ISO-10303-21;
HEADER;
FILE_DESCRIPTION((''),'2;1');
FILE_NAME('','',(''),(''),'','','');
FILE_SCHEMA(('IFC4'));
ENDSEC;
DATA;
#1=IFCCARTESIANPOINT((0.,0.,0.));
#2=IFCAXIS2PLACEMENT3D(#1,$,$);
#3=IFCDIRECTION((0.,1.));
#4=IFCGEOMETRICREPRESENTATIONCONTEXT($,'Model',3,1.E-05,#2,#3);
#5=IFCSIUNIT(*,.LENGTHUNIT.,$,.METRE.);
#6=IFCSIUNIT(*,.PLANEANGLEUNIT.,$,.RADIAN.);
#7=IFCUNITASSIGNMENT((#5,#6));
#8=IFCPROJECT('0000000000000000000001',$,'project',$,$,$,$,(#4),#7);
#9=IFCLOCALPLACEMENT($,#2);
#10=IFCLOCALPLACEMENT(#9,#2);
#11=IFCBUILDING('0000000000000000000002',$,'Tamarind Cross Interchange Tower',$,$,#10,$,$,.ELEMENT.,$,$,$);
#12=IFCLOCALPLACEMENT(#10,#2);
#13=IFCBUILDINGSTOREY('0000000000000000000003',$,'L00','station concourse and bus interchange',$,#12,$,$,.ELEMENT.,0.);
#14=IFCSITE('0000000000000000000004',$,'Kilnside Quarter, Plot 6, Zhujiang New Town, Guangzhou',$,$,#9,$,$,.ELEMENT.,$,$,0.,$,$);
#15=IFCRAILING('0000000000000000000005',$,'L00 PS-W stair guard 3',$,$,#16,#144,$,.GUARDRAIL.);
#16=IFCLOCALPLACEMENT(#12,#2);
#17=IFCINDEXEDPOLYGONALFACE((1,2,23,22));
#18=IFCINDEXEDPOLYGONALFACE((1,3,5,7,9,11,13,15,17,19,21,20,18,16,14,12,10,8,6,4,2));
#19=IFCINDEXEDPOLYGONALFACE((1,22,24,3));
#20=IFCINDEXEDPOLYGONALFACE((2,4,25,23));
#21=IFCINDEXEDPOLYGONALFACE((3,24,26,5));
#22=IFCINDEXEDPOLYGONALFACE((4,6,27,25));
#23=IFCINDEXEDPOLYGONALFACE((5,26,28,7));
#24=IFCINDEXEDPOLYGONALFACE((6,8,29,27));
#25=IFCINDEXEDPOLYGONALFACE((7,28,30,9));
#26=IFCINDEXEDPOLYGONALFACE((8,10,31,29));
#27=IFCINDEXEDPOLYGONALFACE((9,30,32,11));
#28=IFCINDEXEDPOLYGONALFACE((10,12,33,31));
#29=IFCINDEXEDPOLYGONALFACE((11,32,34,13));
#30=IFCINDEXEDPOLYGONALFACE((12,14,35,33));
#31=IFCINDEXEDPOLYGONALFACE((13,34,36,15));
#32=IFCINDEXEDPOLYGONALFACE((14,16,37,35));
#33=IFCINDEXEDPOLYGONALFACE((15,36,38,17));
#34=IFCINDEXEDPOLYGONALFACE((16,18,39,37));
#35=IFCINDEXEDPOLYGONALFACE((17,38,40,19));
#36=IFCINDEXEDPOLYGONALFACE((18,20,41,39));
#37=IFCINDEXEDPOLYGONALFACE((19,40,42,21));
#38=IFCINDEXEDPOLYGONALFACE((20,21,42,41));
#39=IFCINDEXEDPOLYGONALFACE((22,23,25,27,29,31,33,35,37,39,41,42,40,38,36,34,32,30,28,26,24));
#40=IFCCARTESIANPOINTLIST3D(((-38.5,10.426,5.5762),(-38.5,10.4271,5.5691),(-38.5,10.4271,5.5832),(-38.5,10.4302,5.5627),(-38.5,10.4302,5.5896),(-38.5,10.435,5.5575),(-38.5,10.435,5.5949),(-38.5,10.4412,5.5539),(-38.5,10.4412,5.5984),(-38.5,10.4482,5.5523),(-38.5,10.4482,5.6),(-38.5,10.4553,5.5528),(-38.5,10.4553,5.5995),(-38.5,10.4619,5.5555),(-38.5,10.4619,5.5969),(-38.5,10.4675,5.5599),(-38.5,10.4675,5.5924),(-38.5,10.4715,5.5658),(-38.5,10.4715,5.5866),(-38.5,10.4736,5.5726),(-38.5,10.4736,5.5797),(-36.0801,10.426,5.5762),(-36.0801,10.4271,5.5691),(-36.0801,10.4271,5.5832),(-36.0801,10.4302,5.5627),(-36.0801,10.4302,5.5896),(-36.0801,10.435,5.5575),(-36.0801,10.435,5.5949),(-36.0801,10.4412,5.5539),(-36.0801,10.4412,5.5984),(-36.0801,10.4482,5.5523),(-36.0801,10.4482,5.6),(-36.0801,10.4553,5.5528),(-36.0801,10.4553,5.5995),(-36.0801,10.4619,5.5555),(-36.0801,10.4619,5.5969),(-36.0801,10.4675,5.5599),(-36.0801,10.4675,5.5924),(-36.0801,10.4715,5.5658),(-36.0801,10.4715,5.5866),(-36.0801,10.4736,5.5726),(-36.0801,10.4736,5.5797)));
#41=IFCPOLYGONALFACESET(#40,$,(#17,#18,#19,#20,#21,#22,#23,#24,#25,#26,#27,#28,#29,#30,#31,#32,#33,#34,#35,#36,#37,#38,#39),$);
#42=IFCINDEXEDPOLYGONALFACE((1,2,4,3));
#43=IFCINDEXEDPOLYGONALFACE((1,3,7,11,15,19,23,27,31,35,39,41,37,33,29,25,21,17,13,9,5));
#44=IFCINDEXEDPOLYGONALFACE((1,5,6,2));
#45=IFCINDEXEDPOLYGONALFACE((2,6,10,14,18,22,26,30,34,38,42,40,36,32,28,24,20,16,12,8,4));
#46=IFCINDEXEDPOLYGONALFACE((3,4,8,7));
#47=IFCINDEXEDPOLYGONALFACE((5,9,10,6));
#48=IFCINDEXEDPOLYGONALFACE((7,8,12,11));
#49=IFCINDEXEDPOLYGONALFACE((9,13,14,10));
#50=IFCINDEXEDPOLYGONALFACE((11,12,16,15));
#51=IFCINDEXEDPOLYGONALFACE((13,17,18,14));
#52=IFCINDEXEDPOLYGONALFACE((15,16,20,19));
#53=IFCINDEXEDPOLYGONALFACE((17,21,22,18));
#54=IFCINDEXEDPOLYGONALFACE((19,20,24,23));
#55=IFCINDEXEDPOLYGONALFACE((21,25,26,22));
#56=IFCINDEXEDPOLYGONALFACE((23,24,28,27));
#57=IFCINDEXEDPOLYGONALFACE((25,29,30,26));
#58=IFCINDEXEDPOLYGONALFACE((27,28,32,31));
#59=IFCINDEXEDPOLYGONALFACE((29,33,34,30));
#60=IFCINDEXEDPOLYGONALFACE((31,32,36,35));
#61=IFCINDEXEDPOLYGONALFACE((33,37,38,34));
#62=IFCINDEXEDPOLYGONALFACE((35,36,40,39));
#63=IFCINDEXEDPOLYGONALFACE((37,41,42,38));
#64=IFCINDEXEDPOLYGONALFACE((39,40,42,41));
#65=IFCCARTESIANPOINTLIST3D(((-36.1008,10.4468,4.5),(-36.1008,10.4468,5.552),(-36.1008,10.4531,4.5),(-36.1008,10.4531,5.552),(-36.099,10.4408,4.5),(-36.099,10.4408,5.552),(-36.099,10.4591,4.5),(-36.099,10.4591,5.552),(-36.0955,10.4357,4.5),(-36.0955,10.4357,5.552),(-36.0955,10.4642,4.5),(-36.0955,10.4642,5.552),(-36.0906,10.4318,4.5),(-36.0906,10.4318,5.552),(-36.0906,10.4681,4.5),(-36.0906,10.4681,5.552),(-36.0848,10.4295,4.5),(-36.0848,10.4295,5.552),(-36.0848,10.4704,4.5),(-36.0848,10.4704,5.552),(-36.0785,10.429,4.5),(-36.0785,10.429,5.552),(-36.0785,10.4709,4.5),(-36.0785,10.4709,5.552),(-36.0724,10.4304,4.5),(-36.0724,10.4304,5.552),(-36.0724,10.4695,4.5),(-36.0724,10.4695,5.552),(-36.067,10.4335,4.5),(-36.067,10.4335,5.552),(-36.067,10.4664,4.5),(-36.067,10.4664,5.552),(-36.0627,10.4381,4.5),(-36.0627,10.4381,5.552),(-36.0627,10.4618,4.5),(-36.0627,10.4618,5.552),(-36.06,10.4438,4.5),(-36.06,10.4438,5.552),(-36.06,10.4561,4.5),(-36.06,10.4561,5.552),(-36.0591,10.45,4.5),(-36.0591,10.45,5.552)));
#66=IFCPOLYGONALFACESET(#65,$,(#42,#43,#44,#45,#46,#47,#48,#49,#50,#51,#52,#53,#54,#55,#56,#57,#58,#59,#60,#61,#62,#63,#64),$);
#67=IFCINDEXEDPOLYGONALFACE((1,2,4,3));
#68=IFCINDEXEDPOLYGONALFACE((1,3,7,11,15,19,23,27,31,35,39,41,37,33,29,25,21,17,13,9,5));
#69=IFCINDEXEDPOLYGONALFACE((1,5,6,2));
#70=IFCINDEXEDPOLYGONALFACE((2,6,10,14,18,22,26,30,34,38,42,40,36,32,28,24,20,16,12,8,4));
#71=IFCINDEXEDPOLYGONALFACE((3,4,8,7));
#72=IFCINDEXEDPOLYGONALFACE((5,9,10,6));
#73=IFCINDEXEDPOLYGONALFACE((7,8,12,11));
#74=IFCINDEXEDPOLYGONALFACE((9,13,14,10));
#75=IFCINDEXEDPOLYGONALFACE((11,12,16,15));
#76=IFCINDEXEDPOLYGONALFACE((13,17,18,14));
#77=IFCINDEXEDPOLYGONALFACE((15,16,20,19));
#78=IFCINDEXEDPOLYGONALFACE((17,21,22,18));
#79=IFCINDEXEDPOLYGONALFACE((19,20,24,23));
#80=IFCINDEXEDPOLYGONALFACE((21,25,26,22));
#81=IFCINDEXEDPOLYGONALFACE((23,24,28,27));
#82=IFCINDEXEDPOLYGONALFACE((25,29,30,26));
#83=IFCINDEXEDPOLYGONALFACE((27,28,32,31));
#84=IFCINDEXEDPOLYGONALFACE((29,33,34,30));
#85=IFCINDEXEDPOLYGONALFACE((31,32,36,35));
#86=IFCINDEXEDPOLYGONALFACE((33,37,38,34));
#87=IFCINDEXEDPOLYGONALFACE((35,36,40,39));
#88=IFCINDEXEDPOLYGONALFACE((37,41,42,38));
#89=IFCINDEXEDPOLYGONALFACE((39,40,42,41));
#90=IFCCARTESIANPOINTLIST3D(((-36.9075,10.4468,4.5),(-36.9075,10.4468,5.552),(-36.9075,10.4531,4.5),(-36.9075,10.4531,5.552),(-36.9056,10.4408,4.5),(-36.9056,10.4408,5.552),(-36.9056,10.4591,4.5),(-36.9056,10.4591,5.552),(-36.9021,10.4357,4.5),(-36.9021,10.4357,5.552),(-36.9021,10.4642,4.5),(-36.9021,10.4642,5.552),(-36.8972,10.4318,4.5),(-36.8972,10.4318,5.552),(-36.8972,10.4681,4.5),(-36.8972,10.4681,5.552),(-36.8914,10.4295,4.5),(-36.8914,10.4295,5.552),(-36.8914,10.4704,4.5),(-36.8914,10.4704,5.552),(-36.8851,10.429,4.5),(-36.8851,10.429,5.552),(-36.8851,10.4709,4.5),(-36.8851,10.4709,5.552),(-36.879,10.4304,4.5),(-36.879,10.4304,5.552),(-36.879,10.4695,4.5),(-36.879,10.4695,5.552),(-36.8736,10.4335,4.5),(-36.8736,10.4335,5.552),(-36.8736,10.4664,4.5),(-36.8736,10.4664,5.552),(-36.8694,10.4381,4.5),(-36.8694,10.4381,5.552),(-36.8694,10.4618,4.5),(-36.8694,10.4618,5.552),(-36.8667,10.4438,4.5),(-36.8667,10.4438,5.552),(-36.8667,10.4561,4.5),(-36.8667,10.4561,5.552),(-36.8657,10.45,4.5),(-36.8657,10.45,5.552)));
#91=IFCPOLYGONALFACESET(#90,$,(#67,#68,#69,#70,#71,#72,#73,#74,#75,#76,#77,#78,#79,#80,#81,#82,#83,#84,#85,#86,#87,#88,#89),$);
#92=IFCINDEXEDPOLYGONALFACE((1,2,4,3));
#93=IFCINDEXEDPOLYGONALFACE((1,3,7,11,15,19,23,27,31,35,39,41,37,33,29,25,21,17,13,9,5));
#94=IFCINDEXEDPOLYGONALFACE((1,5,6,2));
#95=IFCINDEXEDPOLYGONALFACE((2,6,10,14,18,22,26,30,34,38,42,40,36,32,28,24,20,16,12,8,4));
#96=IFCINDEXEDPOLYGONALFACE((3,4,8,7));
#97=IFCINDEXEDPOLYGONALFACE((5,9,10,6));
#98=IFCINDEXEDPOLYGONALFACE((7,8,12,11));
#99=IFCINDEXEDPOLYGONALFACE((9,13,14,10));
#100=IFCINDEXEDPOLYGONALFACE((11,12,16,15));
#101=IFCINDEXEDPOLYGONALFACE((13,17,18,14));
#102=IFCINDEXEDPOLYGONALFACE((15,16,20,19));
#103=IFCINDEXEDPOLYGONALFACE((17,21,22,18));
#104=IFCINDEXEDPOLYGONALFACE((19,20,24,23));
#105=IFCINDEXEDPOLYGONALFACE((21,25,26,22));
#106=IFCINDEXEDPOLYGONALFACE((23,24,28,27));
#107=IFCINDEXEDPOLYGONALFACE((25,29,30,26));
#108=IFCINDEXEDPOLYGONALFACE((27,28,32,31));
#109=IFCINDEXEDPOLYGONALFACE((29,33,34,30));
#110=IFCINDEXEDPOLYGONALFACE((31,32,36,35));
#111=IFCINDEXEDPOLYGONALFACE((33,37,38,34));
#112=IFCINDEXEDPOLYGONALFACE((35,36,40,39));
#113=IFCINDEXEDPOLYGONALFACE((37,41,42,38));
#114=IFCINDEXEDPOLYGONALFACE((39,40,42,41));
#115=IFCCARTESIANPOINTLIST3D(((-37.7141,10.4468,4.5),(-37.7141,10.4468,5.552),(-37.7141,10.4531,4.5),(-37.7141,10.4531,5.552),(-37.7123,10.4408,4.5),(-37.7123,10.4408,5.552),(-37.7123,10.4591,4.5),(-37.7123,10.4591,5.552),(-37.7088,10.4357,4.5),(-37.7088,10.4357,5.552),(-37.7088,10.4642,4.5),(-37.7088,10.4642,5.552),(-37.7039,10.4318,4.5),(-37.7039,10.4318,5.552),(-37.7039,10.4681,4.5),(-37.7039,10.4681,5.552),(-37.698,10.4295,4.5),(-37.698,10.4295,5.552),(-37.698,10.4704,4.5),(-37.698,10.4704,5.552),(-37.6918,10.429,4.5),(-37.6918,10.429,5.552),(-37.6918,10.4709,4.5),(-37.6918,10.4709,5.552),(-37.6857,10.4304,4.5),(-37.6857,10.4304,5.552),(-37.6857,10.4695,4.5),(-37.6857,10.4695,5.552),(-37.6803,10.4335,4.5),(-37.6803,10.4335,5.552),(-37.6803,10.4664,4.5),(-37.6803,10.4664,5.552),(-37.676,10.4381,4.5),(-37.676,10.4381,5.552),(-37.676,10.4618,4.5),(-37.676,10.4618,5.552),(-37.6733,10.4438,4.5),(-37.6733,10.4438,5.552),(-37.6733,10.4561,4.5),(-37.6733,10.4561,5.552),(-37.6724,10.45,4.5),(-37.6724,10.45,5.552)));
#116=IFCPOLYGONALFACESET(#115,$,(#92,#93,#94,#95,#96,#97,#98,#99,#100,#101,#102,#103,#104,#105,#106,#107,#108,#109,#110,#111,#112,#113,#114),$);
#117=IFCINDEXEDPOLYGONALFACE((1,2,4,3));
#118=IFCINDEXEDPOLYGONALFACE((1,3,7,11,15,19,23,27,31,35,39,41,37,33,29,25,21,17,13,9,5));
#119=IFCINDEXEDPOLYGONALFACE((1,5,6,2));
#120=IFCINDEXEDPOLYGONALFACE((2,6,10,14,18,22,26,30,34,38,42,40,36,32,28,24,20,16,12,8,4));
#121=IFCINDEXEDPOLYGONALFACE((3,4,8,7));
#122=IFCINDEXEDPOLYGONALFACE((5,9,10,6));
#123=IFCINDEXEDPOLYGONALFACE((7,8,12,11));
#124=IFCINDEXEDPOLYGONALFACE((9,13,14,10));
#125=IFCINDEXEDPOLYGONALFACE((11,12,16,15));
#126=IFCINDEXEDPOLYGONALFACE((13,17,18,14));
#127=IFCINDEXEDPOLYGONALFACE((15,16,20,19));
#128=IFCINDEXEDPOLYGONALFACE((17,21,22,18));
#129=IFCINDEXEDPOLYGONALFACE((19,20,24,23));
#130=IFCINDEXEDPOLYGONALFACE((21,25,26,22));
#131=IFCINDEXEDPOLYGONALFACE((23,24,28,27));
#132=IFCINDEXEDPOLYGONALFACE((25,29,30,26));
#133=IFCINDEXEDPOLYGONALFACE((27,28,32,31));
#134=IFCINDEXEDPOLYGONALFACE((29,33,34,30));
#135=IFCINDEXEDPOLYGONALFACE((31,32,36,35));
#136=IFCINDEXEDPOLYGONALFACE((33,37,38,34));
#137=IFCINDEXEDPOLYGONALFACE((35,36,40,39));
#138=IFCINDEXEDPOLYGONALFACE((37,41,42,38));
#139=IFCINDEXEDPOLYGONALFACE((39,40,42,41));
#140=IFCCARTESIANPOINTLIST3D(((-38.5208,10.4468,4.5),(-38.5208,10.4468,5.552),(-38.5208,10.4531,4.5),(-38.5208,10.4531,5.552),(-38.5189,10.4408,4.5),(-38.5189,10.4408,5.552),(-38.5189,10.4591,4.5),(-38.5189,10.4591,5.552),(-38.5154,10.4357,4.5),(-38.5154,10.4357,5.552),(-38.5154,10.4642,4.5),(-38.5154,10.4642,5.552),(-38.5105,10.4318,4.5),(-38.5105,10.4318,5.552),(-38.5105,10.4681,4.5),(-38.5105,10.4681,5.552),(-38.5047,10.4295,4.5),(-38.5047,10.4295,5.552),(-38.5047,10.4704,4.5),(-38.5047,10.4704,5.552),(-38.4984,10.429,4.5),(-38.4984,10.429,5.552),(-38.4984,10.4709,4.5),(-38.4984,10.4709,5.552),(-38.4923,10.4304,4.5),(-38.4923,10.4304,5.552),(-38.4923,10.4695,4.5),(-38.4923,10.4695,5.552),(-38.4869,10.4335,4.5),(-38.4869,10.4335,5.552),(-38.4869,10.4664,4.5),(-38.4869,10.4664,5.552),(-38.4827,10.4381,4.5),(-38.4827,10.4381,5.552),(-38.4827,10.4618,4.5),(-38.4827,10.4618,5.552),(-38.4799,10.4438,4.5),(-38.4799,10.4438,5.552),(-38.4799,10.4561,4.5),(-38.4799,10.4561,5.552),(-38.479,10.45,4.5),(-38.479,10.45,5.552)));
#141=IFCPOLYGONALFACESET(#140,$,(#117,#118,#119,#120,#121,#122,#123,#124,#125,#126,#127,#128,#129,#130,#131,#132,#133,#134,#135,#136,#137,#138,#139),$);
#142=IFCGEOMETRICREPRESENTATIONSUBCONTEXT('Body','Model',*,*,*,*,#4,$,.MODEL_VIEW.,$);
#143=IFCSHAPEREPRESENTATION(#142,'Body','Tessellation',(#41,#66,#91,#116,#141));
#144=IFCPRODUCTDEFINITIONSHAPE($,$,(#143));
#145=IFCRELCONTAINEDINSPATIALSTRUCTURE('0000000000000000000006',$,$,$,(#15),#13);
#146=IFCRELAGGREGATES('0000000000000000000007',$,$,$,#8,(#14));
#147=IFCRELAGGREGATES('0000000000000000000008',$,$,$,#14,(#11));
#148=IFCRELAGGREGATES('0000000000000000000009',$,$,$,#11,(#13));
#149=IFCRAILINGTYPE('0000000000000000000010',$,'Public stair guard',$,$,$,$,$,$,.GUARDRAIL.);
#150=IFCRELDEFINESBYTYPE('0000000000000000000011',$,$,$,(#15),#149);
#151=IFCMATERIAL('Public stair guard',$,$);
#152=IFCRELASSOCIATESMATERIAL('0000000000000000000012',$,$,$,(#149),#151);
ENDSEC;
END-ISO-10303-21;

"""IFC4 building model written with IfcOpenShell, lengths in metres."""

from ifc_helpers import new_model, si_unit, direction, frame, origin, origin_2d, place, context, subcontext, project, spatial, circle, extrude, material, type_object, element, save


model = new_model("IFC4")

# Units and contexts
model_context = context("Model", 3, precision=1e-05, world=origin(), true_north=direction((0.0, 1.0)))
body_context = subcontext(model_context, "Body", "Model", "MODEL_VIEW")
ifc_project = project(units=[si_unit("LENGTHUNIT", "METRE"), si_unit("PLANEANGLEUNIT", "RADIAN")], contexts=[model_context])

# Site, building, storey
site_placement = place(None, origin())
site = spatial("IfcSite", under=ifc_project, at=site_placement, Name="Kilnside Quarter, Plot 6, Zhujiang New Town, Guangzhou", CompositionType="ELEMENT", RefElevation=0.0)
building_placement = place(site_placement, origin())
building = spatial("IfcBuilding", under=site, at=building_placement, Name="Tamarind Cross Interchange Tower", CompositionType="ELEMENT")
storey_placement = place(building_placement, origin())
storey = spatial("IfcBuildingStorey", under=building, at=storey_placement, Name="L00", Description="station concourse and bus interchange", CompositionType="ELEMENT", Elevation=0.0)

# Railing
ifc_material_1 = material(Name="Public stair guard")
railing_type_1 = type_object("IfcRailingType", Name="Public stair guard", PredefinedType="GUARDRAIL", material=ifc_material_1)
for number, where, name in (
    (1, (-36.0801, 10.45, 4.5), "L00 PS-W stair guard 3"),
):
    element("IfcRailing", number, at=place(storey_placement, frame(where)), inside=storey, type_object=railing_type_1, Name=name, PredefinedType="GUARDRAIL", context=body_context, shape_type="SweptSolid", body=[
        extrude(circle(Radius=0.0239, at=origin_2d()), frame((0.0, 0.0, 1.0762), z_axis=(-1.0, 0.0, 0.0), x_axis=(0.0, -1.0, 0.0)), (0.0, 0.0, 1.0), 2.4199),
        extrude(circle(Radius=0.021, at=origin_2d()), origin(), (0.0, 0.0, 1.0), 1.052),
        extrude(circle(Radius=0.021, at=origin_2d()), frame((-0.8066, 0.0, 0.0)), (0.0, 0.0, 1.0), 1.052),
        extrude(circle(Radius=0.021, at=origin_2d()), frame((-1.6133, 0.0, 0.0)), (0.0, 0.0, 1.0), 1.052),
        extrude(circle(Radius=0.021, at=origin_2d()), frame((-2.4199, 0.0, 0.0)), (0.0, 0.0, 1.0), 1.052),
    ])

save(model, "model.ifc")
